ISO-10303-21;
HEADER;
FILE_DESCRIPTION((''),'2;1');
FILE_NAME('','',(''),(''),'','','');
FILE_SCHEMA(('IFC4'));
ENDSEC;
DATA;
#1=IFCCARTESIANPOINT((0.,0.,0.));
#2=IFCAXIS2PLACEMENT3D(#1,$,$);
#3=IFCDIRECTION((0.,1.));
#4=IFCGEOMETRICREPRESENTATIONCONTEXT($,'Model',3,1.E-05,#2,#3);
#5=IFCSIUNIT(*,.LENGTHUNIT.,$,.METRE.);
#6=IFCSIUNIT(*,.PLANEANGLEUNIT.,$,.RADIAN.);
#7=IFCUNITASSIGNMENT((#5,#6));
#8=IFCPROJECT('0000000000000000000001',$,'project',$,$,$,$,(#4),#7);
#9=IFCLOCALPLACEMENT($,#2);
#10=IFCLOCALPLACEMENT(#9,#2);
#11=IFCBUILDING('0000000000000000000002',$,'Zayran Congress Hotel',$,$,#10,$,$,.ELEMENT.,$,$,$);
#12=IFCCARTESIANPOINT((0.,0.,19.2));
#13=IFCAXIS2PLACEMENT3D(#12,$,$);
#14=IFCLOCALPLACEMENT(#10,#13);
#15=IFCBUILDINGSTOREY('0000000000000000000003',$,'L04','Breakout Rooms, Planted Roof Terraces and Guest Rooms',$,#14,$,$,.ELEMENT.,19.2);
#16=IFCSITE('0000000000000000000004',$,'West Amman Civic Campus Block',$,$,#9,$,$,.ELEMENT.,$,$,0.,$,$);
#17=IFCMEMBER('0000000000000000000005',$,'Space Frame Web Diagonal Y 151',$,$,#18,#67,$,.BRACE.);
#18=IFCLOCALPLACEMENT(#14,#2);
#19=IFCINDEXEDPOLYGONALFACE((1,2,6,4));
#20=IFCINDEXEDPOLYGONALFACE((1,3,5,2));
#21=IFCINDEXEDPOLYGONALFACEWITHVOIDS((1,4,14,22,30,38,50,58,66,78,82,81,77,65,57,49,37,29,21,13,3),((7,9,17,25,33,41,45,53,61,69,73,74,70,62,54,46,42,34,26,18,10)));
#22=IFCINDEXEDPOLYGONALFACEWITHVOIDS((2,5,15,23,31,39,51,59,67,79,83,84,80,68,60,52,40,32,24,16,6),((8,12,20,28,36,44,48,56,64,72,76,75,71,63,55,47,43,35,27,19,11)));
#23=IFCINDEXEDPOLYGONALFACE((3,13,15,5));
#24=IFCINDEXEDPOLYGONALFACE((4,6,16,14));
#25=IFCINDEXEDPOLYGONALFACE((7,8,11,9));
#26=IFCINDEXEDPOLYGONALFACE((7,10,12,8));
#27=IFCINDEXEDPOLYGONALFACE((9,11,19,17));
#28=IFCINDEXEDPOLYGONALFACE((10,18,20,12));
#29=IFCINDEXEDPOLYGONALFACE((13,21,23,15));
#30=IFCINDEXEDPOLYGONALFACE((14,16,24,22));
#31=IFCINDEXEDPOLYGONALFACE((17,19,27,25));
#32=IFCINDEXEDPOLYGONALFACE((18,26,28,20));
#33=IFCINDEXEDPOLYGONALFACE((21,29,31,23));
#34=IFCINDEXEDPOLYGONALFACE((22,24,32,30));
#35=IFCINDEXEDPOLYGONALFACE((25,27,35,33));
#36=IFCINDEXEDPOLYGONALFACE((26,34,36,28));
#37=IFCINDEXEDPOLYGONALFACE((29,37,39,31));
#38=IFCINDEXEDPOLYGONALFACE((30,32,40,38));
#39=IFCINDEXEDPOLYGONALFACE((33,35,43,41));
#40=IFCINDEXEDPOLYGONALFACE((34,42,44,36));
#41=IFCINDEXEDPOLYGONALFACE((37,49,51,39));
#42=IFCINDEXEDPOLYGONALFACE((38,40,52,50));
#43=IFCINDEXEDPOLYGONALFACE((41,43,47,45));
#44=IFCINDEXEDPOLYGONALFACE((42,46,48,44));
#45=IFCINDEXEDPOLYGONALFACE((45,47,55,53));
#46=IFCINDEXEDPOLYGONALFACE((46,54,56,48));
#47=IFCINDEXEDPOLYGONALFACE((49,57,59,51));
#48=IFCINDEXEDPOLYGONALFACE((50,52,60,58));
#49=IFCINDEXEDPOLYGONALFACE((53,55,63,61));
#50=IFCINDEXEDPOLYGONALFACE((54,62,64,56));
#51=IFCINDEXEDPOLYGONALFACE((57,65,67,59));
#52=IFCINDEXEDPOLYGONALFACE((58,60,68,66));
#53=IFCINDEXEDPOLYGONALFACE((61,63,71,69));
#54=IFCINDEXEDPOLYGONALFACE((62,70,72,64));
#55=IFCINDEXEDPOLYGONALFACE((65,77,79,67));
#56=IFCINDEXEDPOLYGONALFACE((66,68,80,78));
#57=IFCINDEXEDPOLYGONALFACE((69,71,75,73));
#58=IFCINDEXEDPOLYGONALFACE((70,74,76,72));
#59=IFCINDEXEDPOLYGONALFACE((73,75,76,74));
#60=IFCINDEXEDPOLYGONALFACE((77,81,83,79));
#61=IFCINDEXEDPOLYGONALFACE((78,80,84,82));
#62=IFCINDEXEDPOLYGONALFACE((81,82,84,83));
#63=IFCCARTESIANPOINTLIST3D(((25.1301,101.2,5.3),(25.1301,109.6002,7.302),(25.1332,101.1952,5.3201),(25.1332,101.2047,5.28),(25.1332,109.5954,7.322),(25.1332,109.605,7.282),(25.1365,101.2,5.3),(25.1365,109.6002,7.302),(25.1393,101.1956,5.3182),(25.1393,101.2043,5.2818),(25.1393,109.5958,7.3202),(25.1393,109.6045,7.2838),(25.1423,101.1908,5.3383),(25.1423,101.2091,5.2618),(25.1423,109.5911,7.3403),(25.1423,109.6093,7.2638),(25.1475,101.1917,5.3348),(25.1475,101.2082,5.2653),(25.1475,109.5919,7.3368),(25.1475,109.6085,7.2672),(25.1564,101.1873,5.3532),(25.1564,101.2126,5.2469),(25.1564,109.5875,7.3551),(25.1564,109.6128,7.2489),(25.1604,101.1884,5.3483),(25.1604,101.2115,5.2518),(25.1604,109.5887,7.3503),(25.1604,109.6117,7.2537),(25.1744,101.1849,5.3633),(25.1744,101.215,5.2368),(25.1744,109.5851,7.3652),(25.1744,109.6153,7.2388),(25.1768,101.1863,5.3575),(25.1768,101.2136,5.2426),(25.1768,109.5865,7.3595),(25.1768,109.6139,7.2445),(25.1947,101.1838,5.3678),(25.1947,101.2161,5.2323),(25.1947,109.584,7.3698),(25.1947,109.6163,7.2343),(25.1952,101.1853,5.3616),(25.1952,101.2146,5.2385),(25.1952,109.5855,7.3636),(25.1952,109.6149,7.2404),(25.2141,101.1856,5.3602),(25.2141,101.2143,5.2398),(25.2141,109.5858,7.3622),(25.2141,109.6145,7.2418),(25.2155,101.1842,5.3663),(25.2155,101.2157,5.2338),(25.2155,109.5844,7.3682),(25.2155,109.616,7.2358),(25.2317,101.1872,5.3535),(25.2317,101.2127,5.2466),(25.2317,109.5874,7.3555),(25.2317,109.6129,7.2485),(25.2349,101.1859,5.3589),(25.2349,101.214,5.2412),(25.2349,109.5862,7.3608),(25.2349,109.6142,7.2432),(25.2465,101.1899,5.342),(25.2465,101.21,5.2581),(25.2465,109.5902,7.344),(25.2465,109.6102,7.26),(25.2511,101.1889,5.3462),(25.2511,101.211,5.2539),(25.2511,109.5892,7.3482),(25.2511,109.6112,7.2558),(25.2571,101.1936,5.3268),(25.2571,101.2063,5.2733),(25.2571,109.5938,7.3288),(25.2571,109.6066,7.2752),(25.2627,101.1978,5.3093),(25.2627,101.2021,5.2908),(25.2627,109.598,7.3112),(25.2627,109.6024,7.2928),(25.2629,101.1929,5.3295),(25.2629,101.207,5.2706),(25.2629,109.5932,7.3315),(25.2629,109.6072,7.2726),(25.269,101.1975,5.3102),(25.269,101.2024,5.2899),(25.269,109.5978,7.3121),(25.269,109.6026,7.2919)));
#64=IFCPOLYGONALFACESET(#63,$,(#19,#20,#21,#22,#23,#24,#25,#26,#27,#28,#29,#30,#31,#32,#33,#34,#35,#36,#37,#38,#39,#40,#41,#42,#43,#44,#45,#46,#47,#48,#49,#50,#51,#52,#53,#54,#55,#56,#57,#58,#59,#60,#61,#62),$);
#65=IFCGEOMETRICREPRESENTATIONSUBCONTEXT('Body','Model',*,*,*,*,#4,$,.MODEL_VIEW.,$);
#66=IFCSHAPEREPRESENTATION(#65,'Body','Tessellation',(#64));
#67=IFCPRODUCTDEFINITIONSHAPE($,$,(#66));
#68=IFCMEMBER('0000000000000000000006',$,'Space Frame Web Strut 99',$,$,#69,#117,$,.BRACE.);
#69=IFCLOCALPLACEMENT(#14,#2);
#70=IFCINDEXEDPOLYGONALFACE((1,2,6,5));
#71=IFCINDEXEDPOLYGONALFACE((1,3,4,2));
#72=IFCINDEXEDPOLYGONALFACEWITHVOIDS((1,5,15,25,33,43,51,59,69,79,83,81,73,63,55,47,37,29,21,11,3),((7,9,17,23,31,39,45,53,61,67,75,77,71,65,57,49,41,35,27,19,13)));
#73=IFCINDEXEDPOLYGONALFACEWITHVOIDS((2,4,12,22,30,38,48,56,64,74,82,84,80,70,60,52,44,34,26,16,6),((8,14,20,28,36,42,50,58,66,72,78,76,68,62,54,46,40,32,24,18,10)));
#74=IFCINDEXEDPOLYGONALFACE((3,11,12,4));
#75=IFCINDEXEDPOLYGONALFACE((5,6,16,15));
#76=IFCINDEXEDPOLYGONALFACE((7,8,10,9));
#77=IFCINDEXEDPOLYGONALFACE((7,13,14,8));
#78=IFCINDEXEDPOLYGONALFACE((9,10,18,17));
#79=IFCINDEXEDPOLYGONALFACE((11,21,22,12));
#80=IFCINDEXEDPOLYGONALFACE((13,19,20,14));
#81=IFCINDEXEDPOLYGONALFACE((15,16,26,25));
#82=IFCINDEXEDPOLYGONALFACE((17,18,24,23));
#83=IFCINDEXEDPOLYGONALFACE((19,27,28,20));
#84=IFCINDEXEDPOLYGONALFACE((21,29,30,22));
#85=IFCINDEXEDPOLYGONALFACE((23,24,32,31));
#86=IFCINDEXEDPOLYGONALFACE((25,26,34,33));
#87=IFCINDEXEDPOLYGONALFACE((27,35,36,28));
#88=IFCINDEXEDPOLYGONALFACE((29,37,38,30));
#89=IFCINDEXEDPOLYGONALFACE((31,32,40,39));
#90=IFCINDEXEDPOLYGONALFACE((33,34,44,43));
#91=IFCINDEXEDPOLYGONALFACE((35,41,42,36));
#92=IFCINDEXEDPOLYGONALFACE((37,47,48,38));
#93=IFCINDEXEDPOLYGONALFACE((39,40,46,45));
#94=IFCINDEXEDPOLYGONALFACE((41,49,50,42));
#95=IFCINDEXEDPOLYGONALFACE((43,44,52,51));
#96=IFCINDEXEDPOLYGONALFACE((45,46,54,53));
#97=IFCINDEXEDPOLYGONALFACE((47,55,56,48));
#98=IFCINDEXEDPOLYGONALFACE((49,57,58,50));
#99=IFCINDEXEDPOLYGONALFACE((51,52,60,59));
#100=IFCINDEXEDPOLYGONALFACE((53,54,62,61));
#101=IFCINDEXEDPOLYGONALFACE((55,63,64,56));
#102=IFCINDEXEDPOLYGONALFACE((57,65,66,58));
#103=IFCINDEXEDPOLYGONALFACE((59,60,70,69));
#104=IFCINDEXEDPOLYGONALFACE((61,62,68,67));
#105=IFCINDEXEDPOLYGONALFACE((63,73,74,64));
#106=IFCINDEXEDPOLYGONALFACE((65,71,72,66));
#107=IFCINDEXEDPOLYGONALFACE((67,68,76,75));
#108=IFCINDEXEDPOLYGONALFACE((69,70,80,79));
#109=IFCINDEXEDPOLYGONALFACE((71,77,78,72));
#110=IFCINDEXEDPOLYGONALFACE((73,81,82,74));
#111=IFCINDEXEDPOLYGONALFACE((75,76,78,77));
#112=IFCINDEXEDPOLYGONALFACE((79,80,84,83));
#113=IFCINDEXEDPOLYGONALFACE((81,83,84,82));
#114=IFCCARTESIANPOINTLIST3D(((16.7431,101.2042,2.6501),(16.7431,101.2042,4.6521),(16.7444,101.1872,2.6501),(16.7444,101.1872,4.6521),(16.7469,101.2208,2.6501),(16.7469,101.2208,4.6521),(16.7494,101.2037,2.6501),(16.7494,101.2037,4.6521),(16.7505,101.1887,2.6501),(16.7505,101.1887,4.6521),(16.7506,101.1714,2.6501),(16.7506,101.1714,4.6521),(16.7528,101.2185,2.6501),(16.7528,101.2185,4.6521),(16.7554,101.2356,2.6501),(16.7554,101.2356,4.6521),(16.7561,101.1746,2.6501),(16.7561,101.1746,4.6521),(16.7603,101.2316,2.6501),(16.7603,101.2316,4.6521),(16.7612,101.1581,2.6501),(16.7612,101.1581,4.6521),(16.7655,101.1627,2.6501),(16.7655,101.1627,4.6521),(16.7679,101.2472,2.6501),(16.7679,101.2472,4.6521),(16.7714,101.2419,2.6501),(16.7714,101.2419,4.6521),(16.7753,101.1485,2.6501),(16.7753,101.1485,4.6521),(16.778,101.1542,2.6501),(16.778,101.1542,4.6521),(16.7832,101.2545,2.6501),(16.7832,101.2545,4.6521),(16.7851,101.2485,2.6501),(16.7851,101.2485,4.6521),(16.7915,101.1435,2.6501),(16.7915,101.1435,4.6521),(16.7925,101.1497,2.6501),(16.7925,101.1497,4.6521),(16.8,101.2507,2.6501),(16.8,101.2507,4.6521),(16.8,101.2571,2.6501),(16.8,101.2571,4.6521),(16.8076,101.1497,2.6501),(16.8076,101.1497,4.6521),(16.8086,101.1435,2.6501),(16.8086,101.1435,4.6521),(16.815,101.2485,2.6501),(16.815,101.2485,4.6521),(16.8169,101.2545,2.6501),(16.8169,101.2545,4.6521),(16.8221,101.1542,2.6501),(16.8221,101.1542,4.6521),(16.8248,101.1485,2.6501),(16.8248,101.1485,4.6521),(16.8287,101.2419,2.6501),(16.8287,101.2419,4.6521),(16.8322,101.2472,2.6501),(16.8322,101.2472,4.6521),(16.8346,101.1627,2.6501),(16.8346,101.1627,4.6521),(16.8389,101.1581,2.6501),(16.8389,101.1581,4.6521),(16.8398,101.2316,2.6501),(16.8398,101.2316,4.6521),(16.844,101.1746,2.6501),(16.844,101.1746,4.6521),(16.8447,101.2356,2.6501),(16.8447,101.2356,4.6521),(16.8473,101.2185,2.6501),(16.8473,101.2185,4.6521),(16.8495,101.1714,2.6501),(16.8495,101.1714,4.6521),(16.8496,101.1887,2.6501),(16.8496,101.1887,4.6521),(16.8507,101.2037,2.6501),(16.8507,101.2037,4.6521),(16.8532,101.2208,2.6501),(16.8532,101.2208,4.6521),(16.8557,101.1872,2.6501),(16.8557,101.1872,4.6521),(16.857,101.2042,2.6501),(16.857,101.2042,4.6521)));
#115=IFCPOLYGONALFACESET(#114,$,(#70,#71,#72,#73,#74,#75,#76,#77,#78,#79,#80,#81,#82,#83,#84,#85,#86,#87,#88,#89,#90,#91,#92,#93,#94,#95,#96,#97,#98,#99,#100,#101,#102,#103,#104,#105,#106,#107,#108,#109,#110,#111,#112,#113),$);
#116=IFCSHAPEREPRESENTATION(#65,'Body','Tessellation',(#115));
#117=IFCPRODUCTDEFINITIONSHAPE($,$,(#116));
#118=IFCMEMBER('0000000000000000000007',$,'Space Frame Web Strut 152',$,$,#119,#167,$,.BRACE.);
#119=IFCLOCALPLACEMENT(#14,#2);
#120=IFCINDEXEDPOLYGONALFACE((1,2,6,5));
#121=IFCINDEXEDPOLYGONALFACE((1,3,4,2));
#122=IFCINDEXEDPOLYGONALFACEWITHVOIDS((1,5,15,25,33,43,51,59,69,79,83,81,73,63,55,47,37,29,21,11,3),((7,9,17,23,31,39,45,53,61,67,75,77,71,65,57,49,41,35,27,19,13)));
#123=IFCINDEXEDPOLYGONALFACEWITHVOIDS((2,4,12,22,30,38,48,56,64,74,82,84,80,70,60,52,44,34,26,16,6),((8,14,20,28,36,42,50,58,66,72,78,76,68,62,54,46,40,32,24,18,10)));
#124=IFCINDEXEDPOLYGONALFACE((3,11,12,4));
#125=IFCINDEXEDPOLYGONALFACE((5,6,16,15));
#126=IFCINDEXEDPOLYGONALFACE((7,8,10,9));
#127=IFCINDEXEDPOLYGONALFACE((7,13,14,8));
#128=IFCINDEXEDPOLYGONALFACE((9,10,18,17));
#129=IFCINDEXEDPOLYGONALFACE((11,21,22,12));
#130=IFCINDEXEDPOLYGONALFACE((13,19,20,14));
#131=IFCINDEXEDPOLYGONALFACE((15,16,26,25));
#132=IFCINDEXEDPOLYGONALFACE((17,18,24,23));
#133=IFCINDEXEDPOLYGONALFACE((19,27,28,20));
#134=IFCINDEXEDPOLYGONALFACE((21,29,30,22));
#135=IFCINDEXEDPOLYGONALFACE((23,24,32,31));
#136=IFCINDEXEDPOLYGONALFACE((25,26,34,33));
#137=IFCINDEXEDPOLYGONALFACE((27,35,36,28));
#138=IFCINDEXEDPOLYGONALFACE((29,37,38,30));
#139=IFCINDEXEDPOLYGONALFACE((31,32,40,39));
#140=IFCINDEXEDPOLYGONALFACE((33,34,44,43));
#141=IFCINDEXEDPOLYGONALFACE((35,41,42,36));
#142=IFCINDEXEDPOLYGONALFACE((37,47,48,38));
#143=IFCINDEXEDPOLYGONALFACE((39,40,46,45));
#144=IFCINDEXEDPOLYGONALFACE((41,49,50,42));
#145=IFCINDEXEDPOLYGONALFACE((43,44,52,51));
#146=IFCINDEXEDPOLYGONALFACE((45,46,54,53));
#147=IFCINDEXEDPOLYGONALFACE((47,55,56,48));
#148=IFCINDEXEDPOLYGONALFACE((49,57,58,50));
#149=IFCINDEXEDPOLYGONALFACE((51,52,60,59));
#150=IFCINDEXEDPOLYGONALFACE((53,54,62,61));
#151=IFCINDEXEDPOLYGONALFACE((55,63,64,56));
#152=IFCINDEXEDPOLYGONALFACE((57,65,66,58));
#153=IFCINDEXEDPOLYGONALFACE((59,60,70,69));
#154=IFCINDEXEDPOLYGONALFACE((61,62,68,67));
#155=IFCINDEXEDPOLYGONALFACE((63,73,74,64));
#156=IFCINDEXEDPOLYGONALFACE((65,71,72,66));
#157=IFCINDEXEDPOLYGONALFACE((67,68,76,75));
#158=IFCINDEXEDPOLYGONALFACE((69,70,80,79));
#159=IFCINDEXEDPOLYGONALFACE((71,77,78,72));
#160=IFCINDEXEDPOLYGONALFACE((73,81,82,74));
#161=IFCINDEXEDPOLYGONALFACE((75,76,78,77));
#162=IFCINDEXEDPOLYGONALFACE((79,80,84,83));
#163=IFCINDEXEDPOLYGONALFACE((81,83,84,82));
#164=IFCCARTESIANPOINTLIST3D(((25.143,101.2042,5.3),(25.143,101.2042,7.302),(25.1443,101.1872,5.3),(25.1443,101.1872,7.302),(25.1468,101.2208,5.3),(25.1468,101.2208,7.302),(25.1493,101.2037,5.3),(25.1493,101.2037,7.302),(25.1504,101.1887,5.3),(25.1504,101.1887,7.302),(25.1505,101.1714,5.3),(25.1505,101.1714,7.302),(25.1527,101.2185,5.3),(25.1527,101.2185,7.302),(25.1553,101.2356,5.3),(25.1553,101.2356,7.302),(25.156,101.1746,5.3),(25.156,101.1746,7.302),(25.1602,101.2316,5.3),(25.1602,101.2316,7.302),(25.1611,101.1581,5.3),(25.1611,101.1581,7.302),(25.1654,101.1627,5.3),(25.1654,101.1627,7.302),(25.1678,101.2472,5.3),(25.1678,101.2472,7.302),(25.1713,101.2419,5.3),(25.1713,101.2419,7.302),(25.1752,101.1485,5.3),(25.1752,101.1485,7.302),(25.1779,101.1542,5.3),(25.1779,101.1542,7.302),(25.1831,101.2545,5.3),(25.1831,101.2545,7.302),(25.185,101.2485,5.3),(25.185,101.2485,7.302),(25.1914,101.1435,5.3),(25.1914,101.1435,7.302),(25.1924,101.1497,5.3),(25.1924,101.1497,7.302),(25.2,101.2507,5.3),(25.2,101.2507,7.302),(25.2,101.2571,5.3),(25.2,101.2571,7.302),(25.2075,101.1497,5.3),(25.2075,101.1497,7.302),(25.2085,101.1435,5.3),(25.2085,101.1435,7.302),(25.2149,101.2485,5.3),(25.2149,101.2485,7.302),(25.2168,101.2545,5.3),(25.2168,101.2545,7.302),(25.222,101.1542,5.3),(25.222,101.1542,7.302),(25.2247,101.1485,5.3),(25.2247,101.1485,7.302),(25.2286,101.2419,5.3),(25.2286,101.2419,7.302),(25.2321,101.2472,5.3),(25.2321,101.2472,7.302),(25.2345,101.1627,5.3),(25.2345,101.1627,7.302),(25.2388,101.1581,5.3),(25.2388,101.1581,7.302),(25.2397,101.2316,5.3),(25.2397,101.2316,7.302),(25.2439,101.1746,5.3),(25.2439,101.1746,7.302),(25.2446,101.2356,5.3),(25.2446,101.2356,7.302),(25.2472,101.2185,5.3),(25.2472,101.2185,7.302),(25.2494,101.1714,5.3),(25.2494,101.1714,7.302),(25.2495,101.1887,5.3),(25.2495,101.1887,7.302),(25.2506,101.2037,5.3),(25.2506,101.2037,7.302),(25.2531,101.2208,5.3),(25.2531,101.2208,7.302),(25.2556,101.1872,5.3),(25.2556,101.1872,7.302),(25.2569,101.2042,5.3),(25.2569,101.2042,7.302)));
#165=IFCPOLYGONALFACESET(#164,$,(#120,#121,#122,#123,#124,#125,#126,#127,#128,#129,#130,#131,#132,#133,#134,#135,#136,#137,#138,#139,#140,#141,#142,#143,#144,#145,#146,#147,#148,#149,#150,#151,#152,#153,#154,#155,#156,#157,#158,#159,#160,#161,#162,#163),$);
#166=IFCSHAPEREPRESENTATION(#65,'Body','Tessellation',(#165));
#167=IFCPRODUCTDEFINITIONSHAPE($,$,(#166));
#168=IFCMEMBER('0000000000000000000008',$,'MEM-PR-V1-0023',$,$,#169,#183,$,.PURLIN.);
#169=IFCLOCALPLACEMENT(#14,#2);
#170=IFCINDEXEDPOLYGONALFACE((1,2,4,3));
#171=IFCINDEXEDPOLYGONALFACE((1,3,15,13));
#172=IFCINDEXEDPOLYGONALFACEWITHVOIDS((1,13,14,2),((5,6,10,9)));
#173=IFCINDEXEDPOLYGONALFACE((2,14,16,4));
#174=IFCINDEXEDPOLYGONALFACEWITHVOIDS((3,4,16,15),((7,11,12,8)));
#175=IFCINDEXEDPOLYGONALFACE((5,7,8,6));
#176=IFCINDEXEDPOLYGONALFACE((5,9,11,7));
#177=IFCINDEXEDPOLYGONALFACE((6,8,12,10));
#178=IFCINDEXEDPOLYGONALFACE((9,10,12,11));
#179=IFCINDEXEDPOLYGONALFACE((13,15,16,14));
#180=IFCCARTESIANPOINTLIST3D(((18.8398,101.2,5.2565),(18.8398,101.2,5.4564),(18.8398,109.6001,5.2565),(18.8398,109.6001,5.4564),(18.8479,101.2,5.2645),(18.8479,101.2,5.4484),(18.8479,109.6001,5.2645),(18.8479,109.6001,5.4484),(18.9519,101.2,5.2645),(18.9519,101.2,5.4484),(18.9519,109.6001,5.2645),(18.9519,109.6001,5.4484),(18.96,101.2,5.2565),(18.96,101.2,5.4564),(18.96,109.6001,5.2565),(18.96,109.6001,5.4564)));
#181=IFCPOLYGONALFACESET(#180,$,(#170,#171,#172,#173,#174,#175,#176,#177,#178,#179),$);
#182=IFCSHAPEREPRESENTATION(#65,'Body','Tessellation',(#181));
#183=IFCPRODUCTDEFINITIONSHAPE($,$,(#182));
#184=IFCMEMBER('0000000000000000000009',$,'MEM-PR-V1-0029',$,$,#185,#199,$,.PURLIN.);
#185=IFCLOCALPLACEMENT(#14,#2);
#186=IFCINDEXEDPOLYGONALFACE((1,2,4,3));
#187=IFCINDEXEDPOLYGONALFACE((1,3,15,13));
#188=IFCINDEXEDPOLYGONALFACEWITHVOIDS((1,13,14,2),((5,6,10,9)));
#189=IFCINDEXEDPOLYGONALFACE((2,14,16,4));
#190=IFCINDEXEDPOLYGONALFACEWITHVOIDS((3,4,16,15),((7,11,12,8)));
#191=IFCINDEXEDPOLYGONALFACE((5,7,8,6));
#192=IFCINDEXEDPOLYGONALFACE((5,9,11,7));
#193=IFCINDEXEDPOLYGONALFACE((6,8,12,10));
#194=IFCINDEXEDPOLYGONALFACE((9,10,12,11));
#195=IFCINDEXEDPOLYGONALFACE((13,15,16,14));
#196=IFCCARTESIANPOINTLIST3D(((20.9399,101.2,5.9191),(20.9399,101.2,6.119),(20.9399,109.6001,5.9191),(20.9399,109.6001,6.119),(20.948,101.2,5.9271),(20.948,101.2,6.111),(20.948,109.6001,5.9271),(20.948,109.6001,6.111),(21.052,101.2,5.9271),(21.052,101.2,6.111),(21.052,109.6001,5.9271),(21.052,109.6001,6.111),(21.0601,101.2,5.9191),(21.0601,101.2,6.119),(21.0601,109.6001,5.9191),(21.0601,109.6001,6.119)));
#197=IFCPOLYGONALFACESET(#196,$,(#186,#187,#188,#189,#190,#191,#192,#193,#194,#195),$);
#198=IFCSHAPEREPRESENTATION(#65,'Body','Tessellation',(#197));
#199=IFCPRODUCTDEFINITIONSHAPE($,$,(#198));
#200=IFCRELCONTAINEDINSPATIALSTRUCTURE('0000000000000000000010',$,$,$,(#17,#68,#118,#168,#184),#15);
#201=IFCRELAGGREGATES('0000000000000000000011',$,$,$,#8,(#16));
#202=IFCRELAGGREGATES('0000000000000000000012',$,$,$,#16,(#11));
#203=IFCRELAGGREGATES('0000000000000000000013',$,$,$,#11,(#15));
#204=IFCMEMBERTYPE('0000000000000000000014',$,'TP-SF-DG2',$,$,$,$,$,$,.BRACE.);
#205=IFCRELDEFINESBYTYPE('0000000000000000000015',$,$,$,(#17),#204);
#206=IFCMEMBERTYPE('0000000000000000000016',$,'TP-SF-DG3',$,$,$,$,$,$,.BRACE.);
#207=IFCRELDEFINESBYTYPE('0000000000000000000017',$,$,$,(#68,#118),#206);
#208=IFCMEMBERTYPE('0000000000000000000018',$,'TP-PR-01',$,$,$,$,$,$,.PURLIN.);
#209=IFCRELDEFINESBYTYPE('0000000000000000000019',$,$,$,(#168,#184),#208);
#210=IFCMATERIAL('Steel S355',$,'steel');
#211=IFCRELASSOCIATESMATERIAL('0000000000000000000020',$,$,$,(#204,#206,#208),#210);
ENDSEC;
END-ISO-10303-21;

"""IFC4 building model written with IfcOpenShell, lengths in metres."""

from ifc_helpers import new_model, si_unit, direction, frame, origin, origin_2d, place, context, subcontext, project, spatial, hollow_rectangle, hollow_circle, extrude, material, material_profile, profile_set, type_object, element, save


model = new_model("IFC4")

# Units and contexts
model_context = context("Model", 3, precision=1e-05, world=origin(), true_north=direction((0.0, 1.0)))
body_context = subcontext(model_context, "Body", "Model", "MODEL_VIEW")
ifc_project = project(units=[si_unit("LENGTHUNIT", "METRE"), si_unit("PLANEANGLEUNIT", "RADIAN")], contexts=[model_context])

# Site, building, storey
site_placement = place(None, origin())
site = spatial("IfcSite", under=ifc_project, at=site_placement, Name="West Amman Civic Campus Block", CompositionType="ELEMENT", RefElevation=0.0)
building_placement = place(site_placement, origin())
building = spatial("IfcBuilding", under=site, at=building_placement, Name="Zayran Congress Hotel", CompositionType="ELEMENT")
storey_placement = place(building_placement, frame((0.0, 0.0, 19.2)))
storey = spatial("IfcBuildingStorey", under=building, at=storey_placement, Name="L04", Description="Breakout Rooms, Planted Roof Terraces and Guest Rooms", CompositionType="ELEMENT", Elevation=19.2)

# Members
ifc_material_1 = material(Name="Steel S355", Category="steel")
ifc_material_profile_1 = material_profile(ifc_material_1, hollow_circle(Radius=0.0698, WallThickness=0.0063, at=origin_2d()), Name="CHS 139.7x6.3")
ifc_profile_set_1 = profile_set([ifc_material_profile_1], Name="Steel S355")
member_type_1 = type_object("IfcMemberType", Name="TP-SF-DG2", PredefinedType="BRACE", material=ifc_profile_set_1)
member_1_placement = place(storey_placement, frame((25.2, 101.2, 5.3), z_axis=(0.0, 0.972756, 0.231831), x_axis=(-1.0, 0.0, 0.0)))
element("IfcMember", 1, at=member_1_placement, inside=storey, type_object=member_type_1, Name="Space Frame Web Diagonal Y 151", PredefinedType="BRACE", context=body_context, shape_type="SweptSolid", body=[
    extrude(hollow_circle(Radius=0.0698, WallThickness=0.0063, at=origin_2d()), origin(), (0.0, 0.0, 1.0), 8.6355),
])
ifc_material_profile_2 = material_profile(ifc_material_1, hollow_circle(Radius=0.0571, WallThickness=0.0063, at=origin_2d()), Name="CHS 114.3x6.3")
ifc_profile_set_2 = profile_set([ifc_material_profile_2], Name="Steel S355")
member_type_2 = type_object("IfcMemberType", Name="TP-SF-DG3", PredefinedType="BRACE", material=ifc_profile_set_2)
for number, where, z_axis, x_axis, name in (
    (2, (16.8, 101.2, 2.6501), (0.0, 0.0, 1.0), (0.0, 1.0, 0.0), "Space Frame Web Strut 99"),
    (3, (25.2, 101.2, 5.3), (0.0, 0.0, 1.0), (0.0, 1.0, 0.0), "Space Frame Web Strut 152"),
):
    element("IfcMember", number, at=place(storey_placement, frame(where, z_axis=z_axis, x_axis=x_axis)), inside=storey, type_object=member_type_2, Name=name, PredefinedType="BRACE", context=body_context, shape_type="SweptSolid", body=[
        extrude(hollow_circle(Radius=0.0571, WallThickness=0.0063, at=origin_2d()), origin(), (0.0, 0.0, 1.0), 2.002),
    ])
ifc_material_profile_3 = material_profile(ifc_material_1, hollow_rectangle(XDim=0.1201, YDim=0.2, WallThickness=0.0081, at=origin_2d()), Name="RHS 200x120x8")
ifc_profile_set_3 = profile_set([ifc_material_profile_3], Name="Steel S355")
member_type_3 = type_object("IfcMemberType", Name="TP-PR-01", PredefinedType="PURLIN", material=ifc_profile_set_3)
for number, where, z_axis, x_axis, name in (
    (4, (18.8999, 101.2, 5.3564), (0.0, 1.0, 0.0), (-1.0, 0.0, 0.0), "MEM-PR-V1-0023"),
    (5, (21.0, 101.2, 6.019), (0.0, 1.0, 0.0), (-1.0, 0.0, 0.0), "MEM-PR-V1-0029"),
):
    element("IfcMember", number, at=place(storey_placement, frame(where, z_axis=z_axis, x_axis=x_axis)), inside=storey, type_object=member_type_3, Name=name, PredefinedType="PURLIN", context=body_context, shape_type="SweptSolid", body=[
        extrude(hollow_rectangle(XDim=0.1201, YDim=0.2, WallThickness=0.0081, at=origin_2d()), origin(), (0.0, 0.0, 1.0), 8.4001),
    ])

save(model, "model.ifc")
